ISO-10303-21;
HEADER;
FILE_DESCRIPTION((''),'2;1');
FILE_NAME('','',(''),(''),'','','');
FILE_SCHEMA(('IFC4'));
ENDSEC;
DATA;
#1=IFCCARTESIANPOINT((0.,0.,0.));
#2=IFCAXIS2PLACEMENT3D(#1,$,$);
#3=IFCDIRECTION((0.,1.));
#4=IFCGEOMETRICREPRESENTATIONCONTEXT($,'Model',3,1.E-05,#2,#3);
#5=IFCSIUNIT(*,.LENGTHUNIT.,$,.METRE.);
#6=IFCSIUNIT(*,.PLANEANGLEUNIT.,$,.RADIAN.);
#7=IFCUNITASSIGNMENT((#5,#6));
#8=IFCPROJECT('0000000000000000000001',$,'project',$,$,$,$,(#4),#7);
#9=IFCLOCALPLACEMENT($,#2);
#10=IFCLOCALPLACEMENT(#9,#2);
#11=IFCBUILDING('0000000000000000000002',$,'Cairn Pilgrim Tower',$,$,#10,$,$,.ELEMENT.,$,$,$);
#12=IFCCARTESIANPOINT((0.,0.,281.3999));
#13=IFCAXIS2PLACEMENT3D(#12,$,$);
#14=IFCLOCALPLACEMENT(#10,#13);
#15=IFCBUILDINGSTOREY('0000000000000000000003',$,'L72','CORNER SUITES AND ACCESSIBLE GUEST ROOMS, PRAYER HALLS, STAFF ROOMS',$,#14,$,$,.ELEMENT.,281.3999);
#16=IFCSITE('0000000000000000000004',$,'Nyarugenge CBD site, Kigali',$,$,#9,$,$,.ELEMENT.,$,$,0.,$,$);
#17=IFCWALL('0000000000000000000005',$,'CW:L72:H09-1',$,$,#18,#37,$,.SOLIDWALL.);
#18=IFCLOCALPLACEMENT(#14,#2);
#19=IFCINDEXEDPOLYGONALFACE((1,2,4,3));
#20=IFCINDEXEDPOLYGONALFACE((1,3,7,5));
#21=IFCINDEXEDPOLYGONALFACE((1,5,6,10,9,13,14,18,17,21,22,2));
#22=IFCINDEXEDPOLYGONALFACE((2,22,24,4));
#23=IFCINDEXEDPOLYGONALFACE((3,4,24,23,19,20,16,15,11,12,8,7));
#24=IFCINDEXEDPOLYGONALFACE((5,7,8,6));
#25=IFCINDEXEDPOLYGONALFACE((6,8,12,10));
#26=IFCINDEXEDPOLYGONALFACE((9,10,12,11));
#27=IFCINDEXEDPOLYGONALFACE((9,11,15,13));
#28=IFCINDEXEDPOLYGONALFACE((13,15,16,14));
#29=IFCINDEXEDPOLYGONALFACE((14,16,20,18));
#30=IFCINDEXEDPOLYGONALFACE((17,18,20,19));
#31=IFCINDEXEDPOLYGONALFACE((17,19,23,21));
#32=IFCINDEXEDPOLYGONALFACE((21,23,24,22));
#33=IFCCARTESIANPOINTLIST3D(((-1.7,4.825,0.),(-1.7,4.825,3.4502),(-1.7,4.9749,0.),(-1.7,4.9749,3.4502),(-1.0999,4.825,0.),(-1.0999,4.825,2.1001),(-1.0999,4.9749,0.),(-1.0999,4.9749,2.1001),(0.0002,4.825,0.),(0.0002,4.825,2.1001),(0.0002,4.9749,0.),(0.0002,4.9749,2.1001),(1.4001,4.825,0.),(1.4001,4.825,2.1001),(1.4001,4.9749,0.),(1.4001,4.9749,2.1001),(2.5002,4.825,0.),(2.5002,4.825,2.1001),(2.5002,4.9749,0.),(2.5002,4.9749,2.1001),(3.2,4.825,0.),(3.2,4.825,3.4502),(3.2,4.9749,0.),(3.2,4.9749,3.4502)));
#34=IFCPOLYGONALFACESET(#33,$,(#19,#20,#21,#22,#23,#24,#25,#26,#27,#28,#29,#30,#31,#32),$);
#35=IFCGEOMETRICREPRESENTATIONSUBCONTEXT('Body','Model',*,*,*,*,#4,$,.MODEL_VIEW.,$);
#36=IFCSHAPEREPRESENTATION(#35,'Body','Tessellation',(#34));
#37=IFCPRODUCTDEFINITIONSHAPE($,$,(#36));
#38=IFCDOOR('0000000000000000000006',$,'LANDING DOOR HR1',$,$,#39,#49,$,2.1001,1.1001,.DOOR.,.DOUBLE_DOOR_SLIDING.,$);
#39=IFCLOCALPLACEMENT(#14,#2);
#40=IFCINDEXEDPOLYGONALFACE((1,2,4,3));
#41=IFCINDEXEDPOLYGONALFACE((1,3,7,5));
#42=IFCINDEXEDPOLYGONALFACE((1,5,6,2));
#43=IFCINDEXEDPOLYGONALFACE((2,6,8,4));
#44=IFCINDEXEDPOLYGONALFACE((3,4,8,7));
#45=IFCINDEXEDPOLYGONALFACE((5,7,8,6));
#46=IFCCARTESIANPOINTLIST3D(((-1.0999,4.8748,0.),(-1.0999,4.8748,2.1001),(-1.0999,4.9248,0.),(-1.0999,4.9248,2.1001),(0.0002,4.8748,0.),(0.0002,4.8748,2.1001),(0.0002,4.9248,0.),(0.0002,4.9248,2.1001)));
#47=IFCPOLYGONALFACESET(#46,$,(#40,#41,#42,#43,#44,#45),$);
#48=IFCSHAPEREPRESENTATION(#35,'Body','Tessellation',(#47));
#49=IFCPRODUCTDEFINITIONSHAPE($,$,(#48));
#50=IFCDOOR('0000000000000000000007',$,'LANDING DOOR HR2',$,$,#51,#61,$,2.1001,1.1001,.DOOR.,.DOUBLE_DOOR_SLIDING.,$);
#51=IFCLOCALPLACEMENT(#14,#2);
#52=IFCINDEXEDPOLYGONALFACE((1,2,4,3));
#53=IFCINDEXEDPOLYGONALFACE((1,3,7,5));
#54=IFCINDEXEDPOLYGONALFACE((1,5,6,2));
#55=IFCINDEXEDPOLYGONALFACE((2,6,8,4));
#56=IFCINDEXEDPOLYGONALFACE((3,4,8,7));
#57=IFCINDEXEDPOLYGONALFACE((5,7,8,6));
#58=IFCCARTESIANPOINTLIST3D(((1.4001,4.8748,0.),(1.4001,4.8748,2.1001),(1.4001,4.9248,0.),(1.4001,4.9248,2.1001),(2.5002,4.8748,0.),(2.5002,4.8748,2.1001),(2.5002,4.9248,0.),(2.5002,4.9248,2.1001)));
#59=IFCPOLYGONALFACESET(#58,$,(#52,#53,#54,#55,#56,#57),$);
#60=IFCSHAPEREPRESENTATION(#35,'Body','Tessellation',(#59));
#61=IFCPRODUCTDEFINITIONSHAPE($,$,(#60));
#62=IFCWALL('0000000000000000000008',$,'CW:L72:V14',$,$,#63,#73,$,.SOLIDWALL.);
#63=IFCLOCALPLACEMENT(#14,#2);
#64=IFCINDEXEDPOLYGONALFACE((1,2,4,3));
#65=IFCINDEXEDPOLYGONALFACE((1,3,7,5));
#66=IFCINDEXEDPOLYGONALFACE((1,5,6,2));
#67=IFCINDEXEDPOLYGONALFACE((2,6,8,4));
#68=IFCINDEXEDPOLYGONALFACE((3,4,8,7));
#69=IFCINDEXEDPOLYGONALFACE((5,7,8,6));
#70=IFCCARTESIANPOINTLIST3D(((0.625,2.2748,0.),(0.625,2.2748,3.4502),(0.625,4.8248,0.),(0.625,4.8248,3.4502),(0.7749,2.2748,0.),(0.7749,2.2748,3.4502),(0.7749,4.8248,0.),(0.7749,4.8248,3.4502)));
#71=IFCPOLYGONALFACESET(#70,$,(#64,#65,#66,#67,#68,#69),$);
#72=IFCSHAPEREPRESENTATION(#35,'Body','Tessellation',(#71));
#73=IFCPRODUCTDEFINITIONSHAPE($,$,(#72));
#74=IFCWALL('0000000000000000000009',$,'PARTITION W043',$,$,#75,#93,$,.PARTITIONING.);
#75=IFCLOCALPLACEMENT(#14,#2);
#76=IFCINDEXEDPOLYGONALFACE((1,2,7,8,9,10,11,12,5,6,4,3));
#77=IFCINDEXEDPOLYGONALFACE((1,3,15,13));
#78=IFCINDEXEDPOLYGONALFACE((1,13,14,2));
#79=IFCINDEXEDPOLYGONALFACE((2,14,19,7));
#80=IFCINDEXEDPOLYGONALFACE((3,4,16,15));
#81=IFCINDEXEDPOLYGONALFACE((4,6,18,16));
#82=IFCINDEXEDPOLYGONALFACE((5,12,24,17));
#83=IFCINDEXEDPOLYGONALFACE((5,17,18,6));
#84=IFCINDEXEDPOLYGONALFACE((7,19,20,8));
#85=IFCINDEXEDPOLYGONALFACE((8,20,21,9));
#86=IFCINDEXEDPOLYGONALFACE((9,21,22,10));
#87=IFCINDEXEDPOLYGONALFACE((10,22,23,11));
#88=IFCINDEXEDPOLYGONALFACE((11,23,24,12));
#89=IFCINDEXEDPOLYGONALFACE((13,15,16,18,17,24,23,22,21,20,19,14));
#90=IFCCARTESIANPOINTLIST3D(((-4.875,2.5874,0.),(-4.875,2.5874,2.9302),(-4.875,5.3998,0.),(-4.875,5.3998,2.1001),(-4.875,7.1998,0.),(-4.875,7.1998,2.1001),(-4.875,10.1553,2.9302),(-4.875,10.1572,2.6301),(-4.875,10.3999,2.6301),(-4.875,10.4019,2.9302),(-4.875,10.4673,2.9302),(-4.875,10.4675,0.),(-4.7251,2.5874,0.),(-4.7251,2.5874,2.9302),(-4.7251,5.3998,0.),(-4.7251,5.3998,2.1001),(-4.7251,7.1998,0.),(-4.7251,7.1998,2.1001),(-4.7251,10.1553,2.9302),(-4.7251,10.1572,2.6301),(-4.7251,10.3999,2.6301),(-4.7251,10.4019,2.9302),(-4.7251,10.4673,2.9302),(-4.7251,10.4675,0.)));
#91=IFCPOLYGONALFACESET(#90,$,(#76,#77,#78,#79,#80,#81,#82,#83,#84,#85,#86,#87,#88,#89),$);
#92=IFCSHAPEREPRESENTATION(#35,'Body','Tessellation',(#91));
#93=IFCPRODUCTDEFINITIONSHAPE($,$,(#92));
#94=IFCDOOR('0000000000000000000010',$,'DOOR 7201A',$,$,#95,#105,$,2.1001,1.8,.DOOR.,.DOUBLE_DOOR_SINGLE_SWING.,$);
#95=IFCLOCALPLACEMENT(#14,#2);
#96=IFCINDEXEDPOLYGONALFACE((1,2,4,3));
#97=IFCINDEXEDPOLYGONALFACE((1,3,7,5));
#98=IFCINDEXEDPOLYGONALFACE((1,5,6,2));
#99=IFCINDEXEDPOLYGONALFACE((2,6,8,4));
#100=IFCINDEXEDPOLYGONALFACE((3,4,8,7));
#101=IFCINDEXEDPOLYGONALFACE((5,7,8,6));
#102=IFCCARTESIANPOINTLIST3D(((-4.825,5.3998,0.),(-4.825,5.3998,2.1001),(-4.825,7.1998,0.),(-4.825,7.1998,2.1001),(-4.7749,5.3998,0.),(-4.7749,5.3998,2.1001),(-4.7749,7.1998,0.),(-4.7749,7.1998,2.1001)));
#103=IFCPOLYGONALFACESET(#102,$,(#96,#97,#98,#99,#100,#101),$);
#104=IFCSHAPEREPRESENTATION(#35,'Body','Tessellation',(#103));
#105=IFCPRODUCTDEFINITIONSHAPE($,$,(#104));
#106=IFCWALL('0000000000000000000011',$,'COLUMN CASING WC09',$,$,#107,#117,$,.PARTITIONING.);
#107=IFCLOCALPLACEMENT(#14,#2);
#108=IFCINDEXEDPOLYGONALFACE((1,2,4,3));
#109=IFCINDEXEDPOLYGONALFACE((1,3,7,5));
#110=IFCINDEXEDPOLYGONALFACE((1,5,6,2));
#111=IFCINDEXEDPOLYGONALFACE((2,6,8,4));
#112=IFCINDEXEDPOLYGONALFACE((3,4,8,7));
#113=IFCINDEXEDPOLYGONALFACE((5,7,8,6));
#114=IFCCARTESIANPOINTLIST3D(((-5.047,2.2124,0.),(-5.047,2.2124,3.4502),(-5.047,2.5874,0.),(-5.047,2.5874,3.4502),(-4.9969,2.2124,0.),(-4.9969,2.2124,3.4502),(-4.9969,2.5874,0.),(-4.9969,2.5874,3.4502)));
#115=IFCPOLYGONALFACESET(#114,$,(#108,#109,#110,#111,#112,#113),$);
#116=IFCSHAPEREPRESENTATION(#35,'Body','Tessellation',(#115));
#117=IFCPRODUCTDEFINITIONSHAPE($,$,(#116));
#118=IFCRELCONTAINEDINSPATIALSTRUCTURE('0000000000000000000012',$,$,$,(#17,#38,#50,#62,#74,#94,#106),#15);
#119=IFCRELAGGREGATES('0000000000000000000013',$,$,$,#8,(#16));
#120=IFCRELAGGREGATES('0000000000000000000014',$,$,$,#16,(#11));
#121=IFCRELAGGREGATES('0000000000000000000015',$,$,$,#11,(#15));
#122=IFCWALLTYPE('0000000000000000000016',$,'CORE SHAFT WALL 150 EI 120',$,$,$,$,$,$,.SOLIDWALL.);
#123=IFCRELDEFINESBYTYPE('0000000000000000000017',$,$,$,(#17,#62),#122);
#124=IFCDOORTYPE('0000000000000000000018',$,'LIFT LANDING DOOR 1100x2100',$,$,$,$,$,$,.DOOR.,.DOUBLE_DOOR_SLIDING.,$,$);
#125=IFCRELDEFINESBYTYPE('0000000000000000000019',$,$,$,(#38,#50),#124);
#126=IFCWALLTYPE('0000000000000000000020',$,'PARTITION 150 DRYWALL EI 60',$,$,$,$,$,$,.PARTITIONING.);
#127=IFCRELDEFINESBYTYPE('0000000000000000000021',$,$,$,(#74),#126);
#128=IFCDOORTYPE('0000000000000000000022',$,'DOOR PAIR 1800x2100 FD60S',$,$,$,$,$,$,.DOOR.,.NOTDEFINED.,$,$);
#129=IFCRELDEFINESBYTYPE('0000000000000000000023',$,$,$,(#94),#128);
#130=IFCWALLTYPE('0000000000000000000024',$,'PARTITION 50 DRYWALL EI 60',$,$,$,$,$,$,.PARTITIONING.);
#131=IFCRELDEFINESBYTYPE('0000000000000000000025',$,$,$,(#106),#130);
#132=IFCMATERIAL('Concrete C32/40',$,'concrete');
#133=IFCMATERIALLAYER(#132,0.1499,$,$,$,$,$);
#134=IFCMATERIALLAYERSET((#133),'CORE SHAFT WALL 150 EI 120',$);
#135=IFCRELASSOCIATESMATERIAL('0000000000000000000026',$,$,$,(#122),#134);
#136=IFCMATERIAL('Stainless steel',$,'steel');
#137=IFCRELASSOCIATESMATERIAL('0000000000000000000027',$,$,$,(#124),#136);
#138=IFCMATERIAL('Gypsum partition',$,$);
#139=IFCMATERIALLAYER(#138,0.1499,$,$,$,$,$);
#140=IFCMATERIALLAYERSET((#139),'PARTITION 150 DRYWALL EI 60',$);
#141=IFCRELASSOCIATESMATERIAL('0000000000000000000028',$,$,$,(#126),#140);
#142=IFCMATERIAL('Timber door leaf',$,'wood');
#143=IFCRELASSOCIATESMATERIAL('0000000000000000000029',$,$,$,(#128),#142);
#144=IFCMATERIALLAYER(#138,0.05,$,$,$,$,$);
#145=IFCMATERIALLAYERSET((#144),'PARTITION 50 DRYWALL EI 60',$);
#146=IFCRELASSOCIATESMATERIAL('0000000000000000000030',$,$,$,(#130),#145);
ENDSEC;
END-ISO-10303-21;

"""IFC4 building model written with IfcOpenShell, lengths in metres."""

from ifc_helpers import new_model, si_unit, direction, frame, frame_2d, origin, place, context, subcontext, project, spatial, polyline, rectangle, outline, extrude, material, layer, layer_set, type_object, element, fill, save


model = new_model("IFC4")

# Units and contexts
model_context = context("Model", 3, precision=1e-05, world=origin(), true_north=direction((0.0, 1.0)))
body_context = subcontext(model_context, "Body", "Model", "MODEL_VIEW")
ifc_project = project(units=[si_unit("LENGTHUNIT", "METRE"), si_unit("PLANEANGLEUNIT", "RADIAN")], contexts=[model_context])

# Site, building, storey
site_placement = place(None, origin())
site = spatial("IfcSite", under=ifc_project, at=site_placement, Name="Nyarugenge CBD site, Kigali", CompositionType="ELEMENT", RefElevation=0.0)
building_placement = place(site_placement, origin())
building = spatial("IfcBuilding", under=site, at=building_placement, Name="Cairn Pilgrim Tower", CompositionType="ELEMENT")
storey_placement = place(building_placement, frame((0.0, 0.0, 281.3999)))
storey = spatial("IfcBuildingStorey", under=building, at=storey_placement, Name="L72", Description="CORNER SUITES AND ACCESSIBLE GUEST ROOMS, PRAYER HALLS, STAFF ROOMS", CompositionType="ELEMENT", Elevation=281.3999)

# Shared definitions
ifc_material_1 = material(Name="Concrete C32/40", Category="concrete")

# Shared definitions
ifc_layer_1 = layer(ifc_material_1, 0.1499)
ifc_layer_set_1 = layer_set([ifc_layer_1], Name="CORE SHAFT WALL 150 EI 120")
wall_type_1 = type_object("IfcWallType", Name="CORE SHAFT WALL 150 EI 120", PredefinedType="SOLIDWALL", material=ifc_layer_set_1)

# Wall, openings, doors
wall_1_placement = place(storey_placement, frame((-1.7, 4.8999, 0.0), z_axis=(0.0, 0.0, 1.0), x_axis=(1.0, 0.0, 0.0)))
wall_1 = element("IfcWall", 1, at=wall_1_placement, inside=storey, type_object=wall_type_1, Name="CW:L72:H09-1", PredefinedType="SOLIDWALL", context=body_context, shape_type="SweptSolid", body=[
    extrude(rectangle(XDim=4.8999, YDim=0.1499, at=frame_2d((2.45, 0.0))), origin(), (0.0, 0.0, 1.0), 3.4502),
])
opening_1_placement = place(wall_1_placement, frame((0.6001, 0.0, 0.0)))
opening_1 = element("IfcOpeningElement", 2, at=opening_1_placement, cuts=wall_1, PredefinedType="OPENING", context=body_context, shape_type="SweptSolid", body=[
    extrude(rectangle(XDim=1.1001, YDim=2.1001, at=frame_2d((0.55, 1.05))), frame((0.0, 0.085, 0.0), z_axis=(0.0, -1.0, 0.0), x_axis=(1.0, 0.0, 0.0)), (0.0, 0.0, 1.0), 0.1699),
])
opening_2_placement = place(wall_1_placement, frame((3.1001, 0.0, 0.0)))
opening_2 = element("IfcOpeningElement", 3, at=opening_2_placement, cuts=wall_1, PredefinedType="OPENING", context=body_context, shape_type="SweptSolid", body=[
    extrude(rectangle(XDim=1.1001, YDim=2.1001, at=frame_2d((0.55, 1.05))), frame((0.0, 0.085, 0.0), z_axis=(0.0, -1.0, 0.0), x_axis=(1.0, 0.0, 0.0)), (0.0, 0.0, 1.0), 0.1699),
])
ifc_material_2 = material(Name="Stainless steel", Category="steel")
door_type_1 = type_object("IfcDoorType", Name="LIFT LANDING DOOR 1100x2100", OperationType="DOUBLE_DOOR_SLIDING", PredefinedType="DOOR", material=ifc_material_2)
door_1_placement = place(opening_1_placement, origin())
door_1 = element("IfcDoor", 4, at=door_1_placement, inside=storey, type_object=door_type_1, Name="LANDING DOOR HR1", OperationType="DOUBLE_DOOR_SLIDING", OverallHeight=2.1001, OverallWidth=1.1001, PredefinedType="DOOR", context=body_context, shape_type="SweptSolid", body=[
    extrude(rectangle(XDim=1.1001, YDim=2.1001, at=frame_2d((0.55, 1.05))), frame((0.0, 0.0249, 0.0), z_axis=(0.0, -1.0, 0.0), x_axis=(1.0, 0.0, 0.0)), (0.0, 0.0, 1.0), 0.05),
])
fill(opening_1, door_1)
door_2_placement = place(opening_2_placement, origin())
door_2 = element("IfcDoor", 5, at=door_2_placement, inside=storey, type_object=door_type_1, Name="LANDING DOOR HR2", OperationType="DOUBLE_DOOR_SLIDING", OverallHeight=2.1001, OverallWidth=1.1001, PredefinedType="DOOR", context=body_context, shape_type="SweptSolid", body=[
    extrude(rectangle(XDim=1.1001, YDim=2.1001, at=frame_2d((0.55, 1.05))), frame((0.0, 0.0249, 0.0), z_axis=(0.0, -1.0, 0.0), x_axis=(1.0, 0.0, 0.0)), (0.0, 0.0, 1.0), 0.05),
])
fill(opening_2, door_2)

# Wall
wall_2_placement = place(storey_placement, frame((0.7, 2.2749, 0.0), z_axis=(0.0, 0.0, 1.0), x_axis=(0.0, 1.0, 0.0)))
element("IfcWall", 6, at=wall_2_placement, inside=storey, type_object=wall_type_1, Name="CW:L72:V14", PredefinedType="SOLIDWALL", context=body_context, shape_type="SweptSolid", body=[
    extrude(rectangle(XDim=2.55, YDim=0.1499, at=frame_2d((1.2749, 0.0))), origin(), (0.0, 0.0, 1.0), 3.4502),
])

# Wall, opening, door
ifc_material_3 = material(Name="Gypsum partition")
ifc_layer_2 = layer(ifc_material_3, 0.1499)
ifc_layer_set_2 = layer_set([ifc_layer_2], Name="PARTITION 150 DRYWALL EI 60")
wall_type_2 = type_object("IfcWallType", Name="PARTITION 150 DRYWALL EI 60", PredefinedType="PARTITIONING", material=ifc_layer_set_2)
wall_3_placement = place(storey_placement, frame((-4.8, 2.5874, 0.0), z_axis=(0.0, 0.0, 1.0), x_axis=(0.0, 1.0, 0.0)))
wall_3 = element("IfcWall", 7, at=wall_3_placement, inside=storey, type_object=wall_type_2, Name="PARTITION W043", PredefinedType="PARTITIONING", context=body_context, shape_type="SweptSolid", body=[
    extrude(outline(polyline([(0.0, 0.0), (7.8801, 0.0), (7.8799, 2.9302), (7.8145, 2.9302), (7.8125, 2.6301), (7.5698, 2.6301), (7.5679, 2.9302), (0.0, 2.9302), (0.0, 0.0)])), frame((0.0, 0.075, 0.0), z_axis=(0.0, -1.0, 0.0), x_axis=(1.0, 0.0, 0.0)), (0.0, 0.0, 1.0), 0.1499),
])
opening_3_placement = place(wall_3_placement, frame((2.8125, 0.0, 0.0)))
opening_3 = element("IfcOpeningElement", 8, at=opening_3_placement, cuts=wall_3, PredefinedType="OPENING", context=body_context, shape_type="SweptSolid", body=[
    extrude(rectangle(XDim=1.8, YDim=2.1001, at=frame_2d((0.8999, 1.05))), frame((0.0, 0.085, 0.0), z_axis=(0.0, -1.0, 0.0), x_axis=(1.0, 0.0, 0.0)), (0.0, 0.0, 1.0), 0.1699),
])
ifc_material_4 = material(Name="Timber door leaf", Category="wood")
door_type_2 = type_object("IfcDoorType", Name="DOOR PAIR 1800x2100 FD60S", OperationType="NOTDEFINED", PredefinedType="DOOR", material=ifc_material_4)
door_3_placement = place(opening_3_placement, origin())
door_3 = element("IfcDoor", 9, at=door_3_placement, inside=storey, type_object=door_type_2, Name="DOOR 7201A", OperationType="DOUBLE_DOOR_SINGLE_SWING", OverallHeight=2.1001, OverallWidth=1.8, PredefinedType="DOOR", context=body_context, shape_type="SweptSolid", body=[
    extrude(rectangle(XDim=1.8, YDim=2.1001, at=frame_2d((0.8999, 1.05))), frame((0.0, 0.0249, 0.0), z_axis=(0.0, -1.0, 0.0), x_axis=(1.0, 0.0, 0.0)), (0.0, 0.0, 1.0), 0.05),
])
fill(opening_3, door_3)

# Wall
ifc_layer_3 = layer(ifc_material_3, 0.05)
ifc_layer_set_3 = layer_set([ifc_layer_3], Name="PARTITION 50 DRYWALL EI 60")
wall_type_3 = type_object("IfcWallType", Name="PARTITION 50 DRYWALL EI 60", PredefinedType="PARTITIONING", material=ifc_layer_set_3)
wall_4_placement = place(storey_placement, frame((-5.022, 2.2124, 0.0), z_axis=(0.0, 0.0, 1.0), x_axis=(0.0, 1.0, 0.0)))
element("IfcWall", 10, at=wall_4_placement, inside=storey, type_object=wall_type_3, Name="COLUMN CASING WC09", PredefinedType="PARTITIONING", context=body_context, shape_type="SweptSolid", body=[
    extrude(rectangle(XDim=0.375, YDim=0.05, at=frame_2d((0.1875, 0.0))), origin(), (0.0, 0.0, 1.0), 3.4502),
])

save(model, "model.ifc")
